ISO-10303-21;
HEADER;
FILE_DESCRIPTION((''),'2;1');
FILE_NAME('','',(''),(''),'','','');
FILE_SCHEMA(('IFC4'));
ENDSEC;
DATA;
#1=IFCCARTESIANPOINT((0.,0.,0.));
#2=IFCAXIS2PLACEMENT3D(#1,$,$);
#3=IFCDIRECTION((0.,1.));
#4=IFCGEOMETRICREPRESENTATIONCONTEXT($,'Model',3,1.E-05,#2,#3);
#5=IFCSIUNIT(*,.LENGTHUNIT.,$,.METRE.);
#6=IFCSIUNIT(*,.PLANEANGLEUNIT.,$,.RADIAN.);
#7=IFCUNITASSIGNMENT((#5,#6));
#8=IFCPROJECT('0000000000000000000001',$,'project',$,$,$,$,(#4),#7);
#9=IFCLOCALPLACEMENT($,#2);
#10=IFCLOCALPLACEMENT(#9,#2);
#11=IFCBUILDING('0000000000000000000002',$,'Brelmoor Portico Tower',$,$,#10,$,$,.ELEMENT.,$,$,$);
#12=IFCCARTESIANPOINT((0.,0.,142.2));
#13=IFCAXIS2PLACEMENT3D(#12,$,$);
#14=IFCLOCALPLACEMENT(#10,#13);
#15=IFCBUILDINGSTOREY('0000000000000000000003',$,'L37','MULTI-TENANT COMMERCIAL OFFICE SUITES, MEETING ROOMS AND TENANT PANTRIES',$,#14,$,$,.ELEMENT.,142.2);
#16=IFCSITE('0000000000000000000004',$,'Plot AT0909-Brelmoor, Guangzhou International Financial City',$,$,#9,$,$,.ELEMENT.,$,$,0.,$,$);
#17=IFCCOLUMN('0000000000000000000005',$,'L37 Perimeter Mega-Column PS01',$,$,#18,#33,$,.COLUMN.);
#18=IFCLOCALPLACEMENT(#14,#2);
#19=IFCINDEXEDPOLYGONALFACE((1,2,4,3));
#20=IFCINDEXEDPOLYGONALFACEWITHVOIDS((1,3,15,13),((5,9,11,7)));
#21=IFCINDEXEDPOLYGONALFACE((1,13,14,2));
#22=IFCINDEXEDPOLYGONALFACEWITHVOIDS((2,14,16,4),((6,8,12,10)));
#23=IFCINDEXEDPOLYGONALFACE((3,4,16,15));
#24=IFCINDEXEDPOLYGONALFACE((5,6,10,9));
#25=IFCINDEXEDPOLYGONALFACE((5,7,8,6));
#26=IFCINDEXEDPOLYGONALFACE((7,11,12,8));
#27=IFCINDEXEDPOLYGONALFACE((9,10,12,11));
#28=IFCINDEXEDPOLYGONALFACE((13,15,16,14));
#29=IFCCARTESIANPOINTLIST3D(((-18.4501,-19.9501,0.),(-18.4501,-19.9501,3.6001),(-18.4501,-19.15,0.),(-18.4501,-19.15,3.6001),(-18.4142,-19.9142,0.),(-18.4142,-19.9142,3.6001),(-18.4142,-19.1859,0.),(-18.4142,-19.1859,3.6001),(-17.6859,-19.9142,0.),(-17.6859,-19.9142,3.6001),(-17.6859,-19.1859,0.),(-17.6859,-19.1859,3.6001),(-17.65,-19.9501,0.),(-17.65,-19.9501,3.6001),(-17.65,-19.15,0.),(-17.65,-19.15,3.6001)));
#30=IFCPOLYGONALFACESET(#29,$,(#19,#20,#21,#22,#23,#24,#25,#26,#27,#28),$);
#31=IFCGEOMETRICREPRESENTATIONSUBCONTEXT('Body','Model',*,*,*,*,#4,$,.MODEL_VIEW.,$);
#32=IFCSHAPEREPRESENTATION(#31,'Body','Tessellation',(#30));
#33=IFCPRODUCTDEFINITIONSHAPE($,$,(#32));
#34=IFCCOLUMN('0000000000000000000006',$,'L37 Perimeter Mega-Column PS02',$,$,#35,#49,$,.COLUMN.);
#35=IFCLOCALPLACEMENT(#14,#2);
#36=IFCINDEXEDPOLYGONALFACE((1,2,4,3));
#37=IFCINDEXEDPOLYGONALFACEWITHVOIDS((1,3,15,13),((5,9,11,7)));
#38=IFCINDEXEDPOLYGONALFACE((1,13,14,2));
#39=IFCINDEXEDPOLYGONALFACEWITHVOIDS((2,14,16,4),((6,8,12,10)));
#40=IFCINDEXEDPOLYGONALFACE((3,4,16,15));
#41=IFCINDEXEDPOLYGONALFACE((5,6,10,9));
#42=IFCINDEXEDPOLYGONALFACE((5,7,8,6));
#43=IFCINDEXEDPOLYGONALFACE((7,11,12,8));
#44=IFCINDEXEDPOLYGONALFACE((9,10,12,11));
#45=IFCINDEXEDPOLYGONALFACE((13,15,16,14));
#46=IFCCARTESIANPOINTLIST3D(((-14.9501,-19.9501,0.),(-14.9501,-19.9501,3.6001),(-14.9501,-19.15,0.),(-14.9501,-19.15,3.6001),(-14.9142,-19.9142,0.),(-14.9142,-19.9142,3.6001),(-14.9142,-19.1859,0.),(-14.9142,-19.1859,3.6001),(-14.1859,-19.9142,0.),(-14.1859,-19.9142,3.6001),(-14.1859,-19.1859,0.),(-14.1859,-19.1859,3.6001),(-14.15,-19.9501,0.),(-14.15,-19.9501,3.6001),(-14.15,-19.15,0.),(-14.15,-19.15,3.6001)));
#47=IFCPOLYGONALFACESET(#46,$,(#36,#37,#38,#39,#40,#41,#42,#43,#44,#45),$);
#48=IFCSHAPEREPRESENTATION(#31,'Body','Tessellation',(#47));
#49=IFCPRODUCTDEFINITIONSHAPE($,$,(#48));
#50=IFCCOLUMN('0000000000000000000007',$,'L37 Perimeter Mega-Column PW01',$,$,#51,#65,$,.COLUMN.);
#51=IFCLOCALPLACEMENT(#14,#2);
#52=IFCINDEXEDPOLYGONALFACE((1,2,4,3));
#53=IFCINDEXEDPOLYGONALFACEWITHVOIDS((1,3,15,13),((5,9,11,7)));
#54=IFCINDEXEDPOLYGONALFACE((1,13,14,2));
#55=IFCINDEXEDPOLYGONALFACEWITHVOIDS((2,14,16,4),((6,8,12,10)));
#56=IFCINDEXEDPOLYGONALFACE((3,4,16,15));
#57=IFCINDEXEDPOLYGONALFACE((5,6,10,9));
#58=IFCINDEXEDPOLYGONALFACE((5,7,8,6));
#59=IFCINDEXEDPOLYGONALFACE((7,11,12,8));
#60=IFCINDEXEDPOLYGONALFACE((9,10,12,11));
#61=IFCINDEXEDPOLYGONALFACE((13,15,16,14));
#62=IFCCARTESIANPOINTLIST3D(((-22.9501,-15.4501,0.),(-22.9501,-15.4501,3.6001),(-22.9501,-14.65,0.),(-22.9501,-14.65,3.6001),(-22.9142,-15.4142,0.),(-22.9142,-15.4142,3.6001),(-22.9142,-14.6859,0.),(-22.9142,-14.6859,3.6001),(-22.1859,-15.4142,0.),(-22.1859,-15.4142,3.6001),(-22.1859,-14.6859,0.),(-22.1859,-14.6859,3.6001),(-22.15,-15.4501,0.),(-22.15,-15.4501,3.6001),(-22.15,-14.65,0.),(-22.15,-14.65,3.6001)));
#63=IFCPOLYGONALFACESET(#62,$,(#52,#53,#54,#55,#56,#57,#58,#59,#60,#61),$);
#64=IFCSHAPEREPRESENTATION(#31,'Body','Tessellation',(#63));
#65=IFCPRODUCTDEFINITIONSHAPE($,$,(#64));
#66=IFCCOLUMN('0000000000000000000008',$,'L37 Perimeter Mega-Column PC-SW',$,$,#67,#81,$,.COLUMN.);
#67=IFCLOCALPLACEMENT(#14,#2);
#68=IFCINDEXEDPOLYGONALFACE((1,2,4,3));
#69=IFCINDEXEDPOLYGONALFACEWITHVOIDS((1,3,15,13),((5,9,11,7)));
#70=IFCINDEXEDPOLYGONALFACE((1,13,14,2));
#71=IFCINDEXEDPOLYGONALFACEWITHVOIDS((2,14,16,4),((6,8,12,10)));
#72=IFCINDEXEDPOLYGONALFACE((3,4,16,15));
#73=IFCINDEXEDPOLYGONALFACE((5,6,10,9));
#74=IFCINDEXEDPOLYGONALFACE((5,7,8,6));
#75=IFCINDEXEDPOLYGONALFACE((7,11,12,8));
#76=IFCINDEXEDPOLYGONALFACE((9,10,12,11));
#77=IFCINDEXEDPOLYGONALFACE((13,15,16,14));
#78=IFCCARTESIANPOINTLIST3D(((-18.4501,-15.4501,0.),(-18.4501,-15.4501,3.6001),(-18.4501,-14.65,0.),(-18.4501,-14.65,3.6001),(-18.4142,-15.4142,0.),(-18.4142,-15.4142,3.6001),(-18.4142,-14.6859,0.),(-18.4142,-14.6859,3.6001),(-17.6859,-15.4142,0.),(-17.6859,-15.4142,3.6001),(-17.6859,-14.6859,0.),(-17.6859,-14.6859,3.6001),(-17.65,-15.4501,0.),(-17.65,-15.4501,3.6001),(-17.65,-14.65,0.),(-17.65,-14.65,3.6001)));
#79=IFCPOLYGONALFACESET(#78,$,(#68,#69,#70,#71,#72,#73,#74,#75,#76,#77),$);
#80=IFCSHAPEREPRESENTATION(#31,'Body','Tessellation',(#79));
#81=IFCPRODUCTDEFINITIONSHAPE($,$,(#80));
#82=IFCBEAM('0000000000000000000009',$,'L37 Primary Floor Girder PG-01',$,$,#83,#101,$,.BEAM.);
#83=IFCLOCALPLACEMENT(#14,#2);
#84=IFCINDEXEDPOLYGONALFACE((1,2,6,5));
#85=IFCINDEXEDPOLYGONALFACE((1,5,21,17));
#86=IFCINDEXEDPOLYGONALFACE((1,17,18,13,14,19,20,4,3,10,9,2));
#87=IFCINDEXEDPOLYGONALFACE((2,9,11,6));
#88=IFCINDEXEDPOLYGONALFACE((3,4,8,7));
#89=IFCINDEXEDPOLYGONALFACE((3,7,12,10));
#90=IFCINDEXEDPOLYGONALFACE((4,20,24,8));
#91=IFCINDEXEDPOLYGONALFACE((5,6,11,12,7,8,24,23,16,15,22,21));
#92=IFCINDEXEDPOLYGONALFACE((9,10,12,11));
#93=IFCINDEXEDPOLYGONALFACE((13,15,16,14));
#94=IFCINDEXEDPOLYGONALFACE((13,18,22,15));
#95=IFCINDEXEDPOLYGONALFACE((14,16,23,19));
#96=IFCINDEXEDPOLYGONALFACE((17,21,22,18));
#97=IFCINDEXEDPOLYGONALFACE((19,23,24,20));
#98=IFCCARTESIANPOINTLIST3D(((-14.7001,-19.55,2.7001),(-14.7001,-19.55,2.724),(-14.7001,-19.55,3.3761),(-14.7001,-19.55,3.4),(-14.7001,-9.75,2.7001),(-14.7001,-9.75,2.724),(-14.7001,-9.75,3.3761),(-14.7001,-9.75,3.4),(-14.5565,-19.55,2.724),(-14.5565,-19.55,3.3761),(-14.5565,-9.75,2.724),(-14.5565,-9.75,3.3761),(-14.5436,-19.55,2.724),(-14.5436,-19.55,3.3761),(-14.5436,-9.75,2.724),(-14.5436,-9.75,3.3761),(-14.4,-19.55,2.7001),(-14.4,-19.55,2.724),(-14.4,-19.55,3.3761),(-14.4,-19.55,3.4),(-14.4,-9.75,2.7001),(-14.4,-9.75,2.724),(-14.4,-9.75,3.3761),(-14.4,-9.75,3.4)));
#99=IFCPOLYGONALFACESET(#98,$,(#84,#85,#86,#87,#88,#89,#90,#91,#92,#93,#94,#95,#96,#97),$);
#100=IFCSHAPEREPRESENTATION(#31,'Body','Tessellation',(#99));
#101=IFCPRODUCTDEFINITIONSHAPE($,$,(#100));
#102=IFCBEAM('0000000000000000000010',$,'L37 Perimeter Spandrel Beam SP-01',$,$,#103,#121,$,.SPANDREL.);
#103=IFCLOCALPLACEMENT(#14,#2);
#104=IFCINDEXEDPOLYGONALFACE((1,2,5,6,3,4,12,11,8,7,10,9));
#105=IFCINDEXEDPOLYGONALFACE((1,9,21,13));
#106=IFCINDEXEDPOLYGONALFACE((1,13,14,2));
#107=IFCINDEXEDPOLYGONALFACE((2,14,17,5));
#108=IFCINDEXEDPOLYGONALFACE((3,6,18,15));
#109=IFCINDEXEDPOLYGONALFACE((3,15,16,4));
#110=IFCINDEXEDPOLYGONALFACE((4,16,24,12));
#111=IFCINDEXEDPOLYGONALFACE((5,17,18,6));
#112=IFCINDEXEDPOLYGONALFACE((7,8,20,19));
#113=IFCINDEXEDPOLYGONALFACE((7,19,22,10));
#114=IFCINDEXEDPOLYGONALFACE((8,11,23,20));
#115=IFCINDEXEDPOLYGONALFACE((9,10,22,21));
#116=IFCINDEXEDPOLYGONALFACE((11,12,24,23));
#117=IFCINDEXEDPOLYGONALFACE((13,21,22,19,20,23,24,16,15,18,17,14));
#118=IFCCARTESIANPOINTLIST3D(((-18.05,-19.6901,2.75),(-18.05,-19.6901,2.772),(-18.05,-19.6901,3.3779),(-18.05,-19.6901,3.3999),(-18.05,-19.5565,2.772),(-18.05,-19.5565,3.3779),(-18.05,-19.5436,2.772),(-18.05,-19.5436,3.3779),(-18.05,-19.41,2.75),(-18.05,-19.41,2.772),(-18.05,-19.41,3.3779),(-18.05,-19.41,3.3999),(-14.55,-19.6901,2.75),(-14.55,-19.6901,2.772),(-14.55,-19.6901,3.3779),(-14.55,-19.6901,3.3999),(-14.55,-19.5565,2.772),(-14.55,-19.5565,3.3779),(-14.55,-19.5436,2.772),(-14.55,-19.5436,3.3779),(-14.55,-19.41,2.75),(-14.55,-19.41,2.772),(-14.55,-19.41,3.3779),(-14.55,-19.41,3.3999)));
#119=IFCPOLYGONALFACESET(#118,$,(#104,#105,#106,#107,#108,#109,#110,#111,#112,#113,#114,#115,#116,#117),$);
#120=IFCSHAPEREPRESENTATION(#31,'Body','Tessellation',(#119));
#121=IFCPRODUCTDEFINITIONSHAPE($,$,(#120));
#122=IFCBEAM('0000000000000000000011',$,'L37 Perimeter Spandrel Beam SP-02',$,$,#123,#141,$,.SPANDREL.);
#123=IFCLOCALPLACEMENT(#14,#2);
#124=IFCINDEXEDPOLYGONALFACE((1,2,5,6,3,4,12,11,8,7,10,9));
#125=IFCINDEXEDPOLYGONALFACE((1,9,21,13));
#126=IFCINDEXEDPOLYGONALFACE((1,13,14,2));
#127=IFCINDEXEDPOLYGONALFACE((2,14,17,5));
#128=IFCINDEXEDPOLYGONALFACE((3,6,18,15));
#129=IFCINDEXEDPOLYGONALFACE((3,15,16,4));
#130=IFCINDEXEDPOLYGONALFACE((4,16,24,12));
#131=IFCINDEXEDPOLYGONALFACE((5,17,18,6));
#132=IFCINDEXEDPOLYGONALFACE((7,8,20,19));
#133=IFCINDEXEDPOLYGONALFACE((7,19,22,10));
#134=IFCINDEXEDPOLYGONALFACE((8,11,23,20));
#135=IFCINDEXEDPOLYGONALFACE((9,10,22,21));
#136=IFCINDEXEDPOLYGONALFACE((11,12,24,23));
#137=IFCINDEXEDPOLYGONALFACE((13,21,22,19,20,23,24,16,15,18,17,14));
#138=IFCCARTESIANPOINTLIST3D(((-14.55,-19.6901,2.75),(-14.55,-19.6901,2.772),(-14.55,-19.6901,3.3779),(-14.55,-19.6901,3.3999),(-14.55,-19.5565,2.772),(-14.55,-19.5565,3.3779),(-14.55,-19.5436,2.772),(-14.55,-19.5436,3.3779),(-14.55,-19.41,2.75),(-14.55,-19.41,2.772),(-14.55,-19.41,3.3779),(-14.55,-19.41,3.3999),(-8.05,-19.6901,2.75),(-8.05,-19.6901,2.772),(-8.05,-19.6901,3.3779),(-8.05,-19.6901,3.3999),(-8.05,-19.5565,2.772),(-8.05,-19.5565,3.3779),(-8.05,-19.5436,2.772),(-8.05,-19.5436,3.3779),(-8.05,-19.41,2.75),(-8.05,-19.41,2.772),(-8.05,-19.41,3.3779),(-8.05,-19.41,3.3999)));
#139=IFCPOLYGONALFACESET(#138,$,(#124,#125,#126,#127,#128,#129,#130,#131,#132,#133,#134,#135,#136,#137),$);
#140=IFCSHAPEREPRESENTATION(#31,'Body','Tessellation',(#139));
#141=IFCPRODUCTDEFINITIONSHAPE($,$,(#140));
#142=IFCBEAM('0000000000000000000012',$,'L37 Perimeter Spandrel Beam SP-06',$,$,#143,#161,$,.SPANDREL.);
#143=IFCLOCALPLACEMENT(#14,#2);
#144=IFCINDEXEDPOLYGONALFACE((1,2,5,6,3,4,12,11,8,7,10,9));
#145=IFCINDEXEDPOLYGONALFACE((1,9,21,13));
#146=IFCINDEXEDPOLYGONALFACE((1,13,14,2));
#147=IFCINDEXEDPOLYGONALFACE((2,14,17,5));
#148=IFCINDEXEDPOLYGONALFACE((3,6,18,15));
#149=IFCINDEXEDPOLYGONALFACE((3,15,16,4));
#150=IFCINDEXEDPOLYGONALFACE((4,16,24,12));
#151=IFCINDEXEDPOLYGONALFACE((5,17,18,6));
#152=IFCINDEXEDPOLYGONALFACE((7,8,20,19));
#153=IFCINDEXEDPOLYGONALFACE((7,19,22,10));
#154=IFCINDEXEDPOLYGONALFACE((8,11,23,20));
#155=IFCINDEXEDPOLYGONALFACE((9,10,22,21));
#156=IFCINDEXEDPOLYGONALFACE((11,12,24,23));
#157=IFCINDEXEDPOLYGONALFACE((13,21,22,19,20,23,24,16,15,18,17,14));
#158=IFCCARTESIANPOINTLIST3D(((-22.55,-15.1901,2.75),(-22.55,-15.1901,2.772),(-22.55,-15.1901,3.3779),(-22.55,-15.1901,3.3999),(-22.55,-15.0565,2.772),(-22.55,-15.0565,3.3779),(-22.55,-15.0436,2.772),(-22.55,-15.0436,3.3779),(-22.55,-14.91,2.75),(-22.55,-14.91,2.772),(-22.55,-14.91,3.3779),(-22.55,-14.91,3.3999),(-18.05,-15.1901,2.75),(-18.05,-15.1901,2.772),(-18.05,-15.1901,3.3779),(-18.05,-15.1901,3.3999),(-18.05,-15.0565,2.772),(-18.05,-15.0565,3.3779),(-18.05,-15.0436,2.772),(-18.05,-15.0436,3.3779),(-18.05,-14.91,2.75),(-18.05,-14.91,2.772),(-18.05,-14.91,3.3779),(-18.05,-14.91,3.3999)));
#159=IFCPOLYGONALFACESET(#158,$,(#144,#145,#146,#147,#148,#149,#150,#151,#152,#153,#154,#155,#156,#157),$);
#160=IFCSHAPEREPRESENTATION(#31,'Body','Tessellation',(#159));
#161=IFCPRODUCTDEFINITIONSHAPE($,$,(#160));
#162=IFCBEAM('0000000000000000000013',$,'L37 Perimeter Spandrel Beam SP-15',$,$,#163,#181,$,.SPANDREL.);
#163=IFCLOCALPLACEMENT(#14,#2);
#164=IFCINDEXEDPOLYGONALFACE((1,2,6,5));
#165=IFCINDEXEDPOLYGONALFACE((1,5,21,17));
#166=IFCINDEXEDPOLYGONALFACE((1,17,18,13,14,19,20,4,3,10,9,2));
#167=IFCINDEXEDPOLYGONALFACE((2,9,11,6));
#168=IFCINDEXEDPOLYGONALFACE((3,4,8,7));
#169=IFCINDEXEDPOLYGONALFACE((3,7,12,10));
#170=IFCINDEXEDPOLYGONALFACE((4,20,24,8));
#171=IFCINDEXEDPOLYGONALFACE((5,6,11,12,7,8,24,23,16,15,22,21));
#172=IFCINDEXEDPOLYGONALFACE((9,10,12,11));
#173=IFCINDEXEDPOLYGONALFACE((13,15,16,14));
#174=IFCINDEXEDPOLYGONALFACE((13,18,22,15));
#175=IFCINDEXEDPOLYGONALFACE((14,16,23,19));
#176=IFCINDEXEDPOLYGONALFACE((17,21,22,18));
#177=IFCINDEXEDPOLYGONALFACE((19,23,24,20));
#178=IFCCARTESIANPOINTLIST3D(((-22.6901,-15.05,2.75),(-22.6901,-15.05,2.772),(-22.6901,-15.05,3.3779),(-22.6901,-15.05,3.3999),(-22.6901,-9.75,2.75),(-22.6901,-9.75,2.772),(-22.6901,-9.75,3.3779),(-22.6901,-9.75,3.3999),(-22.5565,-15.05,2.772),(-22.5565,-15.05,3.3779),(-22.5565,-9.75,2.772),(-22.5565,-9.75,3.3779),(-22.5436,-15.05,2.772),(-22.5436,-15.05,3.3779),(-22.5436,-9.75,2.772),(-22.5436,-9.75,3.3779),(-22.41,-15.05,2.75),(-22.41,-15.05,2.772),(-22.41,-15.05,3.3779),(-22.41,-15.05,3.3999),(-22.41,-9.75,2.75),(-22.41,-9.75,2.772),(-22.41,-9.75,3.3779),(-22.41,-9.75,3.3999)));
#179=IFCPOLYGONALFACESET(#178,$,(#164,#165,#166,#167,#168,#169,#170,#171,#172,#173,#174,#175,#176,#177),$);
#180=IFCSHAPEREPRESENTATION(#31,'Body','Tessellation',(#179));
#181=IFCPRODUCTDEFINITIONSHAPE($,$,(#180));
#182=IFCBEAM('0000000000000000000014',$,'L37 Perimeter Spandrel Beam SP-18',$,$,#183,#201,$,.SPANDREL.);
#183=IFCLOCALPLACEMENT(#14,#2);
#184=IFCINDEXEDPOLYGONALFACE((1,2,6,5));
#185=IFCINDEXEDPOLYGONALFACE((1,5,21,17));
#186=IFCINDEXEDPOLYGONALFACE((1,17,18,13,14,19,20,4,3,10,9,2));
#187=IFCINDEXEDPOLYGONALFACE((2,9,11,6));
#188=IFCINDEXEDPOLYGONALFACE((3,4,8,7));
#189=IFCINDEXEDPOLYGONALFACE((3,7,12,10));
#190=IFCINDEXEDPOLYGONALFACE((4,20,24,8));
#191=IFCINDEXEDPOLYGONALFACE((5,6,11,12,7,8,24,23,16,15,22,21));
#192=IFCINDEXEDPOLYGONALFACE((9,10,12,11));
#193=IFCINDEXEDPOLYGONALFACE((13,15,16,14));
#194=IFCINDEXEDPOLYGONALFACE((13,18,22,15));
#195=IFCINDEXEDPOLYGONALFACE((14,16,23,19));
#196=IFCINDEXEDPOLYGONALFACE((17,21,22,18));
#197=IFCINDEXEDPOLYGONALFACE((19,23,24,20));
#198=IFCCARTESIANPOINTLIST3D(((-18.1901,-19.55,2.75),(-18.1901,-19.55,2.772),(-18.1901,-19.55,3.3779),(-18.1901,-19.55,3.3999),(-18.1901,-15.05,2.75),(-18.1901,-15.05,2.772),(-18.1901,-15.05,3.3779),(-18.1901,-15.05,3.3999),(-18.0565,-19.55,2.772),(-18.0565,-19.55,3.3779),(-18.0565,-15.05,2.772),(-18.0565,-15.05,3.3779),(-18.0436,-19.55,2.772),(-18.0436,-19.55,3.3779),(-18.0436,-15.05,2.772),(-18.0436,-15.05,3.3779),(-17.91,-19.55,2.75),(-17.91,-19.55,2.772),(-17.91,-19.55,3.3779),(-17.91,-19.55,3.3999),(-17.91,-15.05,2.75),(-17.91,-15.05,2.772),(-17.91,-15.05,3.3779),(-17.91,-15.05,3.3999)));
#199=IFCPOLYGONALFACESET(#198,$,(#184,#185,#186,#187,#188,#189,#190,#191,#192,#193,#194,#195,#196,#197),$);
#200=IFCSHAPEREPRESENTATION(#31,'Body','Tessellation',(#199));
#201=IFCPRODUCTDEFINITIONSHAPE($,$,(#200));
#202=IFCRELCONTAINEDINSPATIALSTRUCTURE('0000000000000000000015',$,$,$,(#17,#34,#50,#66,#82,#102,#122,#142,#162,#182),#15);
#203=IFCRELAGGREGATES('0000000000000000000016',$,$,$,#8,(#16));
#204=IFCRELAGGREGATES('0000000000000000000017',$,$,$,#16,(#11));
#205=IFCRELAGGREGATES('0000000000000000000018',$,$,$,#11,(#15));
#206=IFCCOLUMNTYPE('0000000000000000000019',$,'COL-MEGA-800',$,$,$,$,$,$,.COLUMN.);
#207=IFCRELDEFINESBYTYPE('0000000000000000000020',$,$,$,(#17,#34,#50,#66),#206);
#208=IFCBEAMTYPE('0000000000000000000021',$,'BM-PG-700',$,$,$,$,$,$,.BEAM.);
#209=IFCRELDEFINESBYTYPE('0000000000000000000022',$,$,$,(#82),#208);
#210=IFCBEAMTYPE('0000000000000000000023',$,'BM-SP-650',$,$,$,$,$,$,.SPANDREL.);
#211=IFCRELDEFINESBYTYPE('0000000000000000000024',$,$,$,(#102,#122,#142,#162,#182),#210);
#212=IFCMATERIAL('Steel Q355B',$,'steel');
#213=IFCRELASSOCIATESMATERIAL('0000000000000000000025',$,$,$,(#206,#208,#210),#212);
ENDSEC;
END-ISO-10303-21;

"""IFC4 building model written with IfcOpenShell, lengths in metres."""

from ifc_helpers import new_model, si_unit, direction, frame, origin, origin_2d, place, context, subcontext, project, spatial, hollow_rectangle, i_section, extrude, material, material_profile, profile_set, type_object, element, save


model = new_model("IFC4")

# Units and contexts
model_context = context("Model", 3, precision=1e-05, world=origin(), true_north=direction((0.0, 1.0)))
body_context = subcontext(model_context, "Body", "Model", "MODEL_VIEW")
ifc_project = project(units=[si_unit("LENGTHUNIT", "METRE"), si_unit("PLANEANGLEUNIT", "RADIAN")], contexts=[model_context])

# Site, building, storey
site_placement = place(None, origin())
site = spatial("IfcSite", under=ifc_project, at=site_placement, Name="Plot AT0909-Brelmoor, Guangzhou International Financial City", CompositionType="ELEMENT", RefElevation=0.0)
building_placement = place(site_placement, origin())
building = spatial("IfcBuilding", under=site, at=building_placement, Name="Brelmoor Portico Tower", CompositionType="ELEMENT")
storey_placement = place(building_placement, frame((0.0, 0.0, 142.2)))
storey = spatial("IfcBuildingStorey", under=building, at=storey_placement, Name="L37", Description="MULTI-TENANT COMMERCIAL OFFICE SUITES, MEETING ROOMS AND TENANT PANTRIES", CompositionType="ELEMENT", Elevation=142.2)

# Columns
ifc_material_1 = material(Name="Steel Q355B", Category="steel")
ifc_material_profile_1 = material_profile(ifc_material_1, hollow_rectangle(XDim=0.8, YDim=0.8, WallThickness=0.0359, at=origin_2d()), Name="BOX 800x800x36")
ifc_profile_set_1 = profile_set([ifc_material_profile_1], Name="Steel Q355B")
column_type = type_object("IfcColumnType", Name="COL-MEGA-800", PredefinedType="COLUMN", material=ifc_profile_set_1)
for number, where, z_axis, x_axis, name in (
    (1, (-18.05, -19.55, 0.0), (0.0, 0.0, 1.0), (1.0, 0.0, 0.0), "L37 Perimeter Mega-Column PS01"),
    (2, (-14.55, -19.55, 0.0), (0.0, 0.0, 1.0), (1.0, 0.0, 0.0), "L37 Perimeter Mega-Column PS02"),
    (3, (-22.55, -15.05, 0.0), (0.0, 0.0, 1.0), (0.0, 1.0, 0.0), "L37 Perimeter Mega-Column PW01"),
    (4, (-18.05, -15.05, 0.0), (0.0, 0.0, 1.0), (1.0, 0.0, 0.0), "L37 Perimeter Mega-Column PC-SW"),
):
    element("IfcColumn", number, at=place(storey_placement, frame(where, z_axis=z_axis, x_axis=x_axis)), inside=storey, type_object=column_type, Name=name, PredefinedType="COLUMN", context=body_context, shape_type="SweptSolid", body=[
        extrude(hollow_rectangle(XDim=0.8, YDim=0.8, WallThickness=0.0359, at=origin_2d()), origin(), (0.0, 0.0, 1.0), 3.6001),
    ])

# Beams
ifc_material_profile_2 = material_profile(ifc_material_1, i_section(OverallWidth=0.3, OverallDepth=0.7, WebThickness=0.0129, FlangeThickness=0.0239, at=origin_2d()), Name="HN 700x300x13x24")
ifc_profile_set_2 = profile_set([ifc_material_profile_2], Name="Steel Q355B")
beam_type_1 = type_object("IfcBeamType", Name="BM-PG-700", PredefinedType="BEAM", material=ifc_profile_set_2)
beam_1_placement = place(storey_placement, frame((-14.55, -19.55, 3.05), z_axis=(0.0, 1.0, 0.0), x_axis=(-1.0, 0.0, 0.0)))
element("IfcBeam", 5, at=beam_1_placement, inside=storey, type_object=beam_type_1, Name="L37 Primary Floor Girder PG-01", PredefinedType="BEAM", context=body_context, shape_type="SweptSolid", body=[
    extrude(i_section(OverallWidth=0.3, OverallDepth=0.7, WebThickness=0.0129, FlangeThickness=0.0239, at=origin_2d()), origin(), (0.0, 0.0, 1.0), 9.8),
])
ifc_material_profile_3 = material_profile(ifc_material_1, i_section(OverallWidth=0.28, OverallDepth=0.6499, WebThickness=0.0129, FlangeThickness=0.022, at=origin_2d()), Name="HN 650x280x13x22")
ifc_profile_set_3 = profile_set([ifc_material_profile_3], Name="Steel Q355B")
beam_type_2 = type_object("IfcBeamType", Name="BM-SP-650", PredefinedType="SPANDREL", material=ifc_profile_set_3)
beam_2_placement = place(storey_placement, frame((-18.05, -19.55, 3.075), z_axis=(1.0, 0.0, 0.0), x_axis=(0.0, 1.0, 0.0)))
element("IfcBeam", 6, at=beam_2_placement, inside=storey, type_object=beam_type_2, Name="L37 Perimeter Spandrel Beam SP-01", PredefinedType="SPANDREL", context=body_context, shape_type="SweptSolid", body=[
    extrude(i_section(OverallWidth=0.28, OverallDepth=0.6499, WebThickness=0.0129, FlangeThickness=0.022, at=origin_2d()), origin(), (0.0, 0.0, 1.0), 3.5),
])
beam_3_placement = place(storey_placement, frame((-14.55, -19.55, 3.075), z_axis=(1.0, 0.0, 0.0), x_axis=(0.0, 1.0, 0.0)))
element("IfcBeam", 7, at=beam_3_placement, inside=storey, type_object=beam_type_2, Name="L37 Perimeter Spandrel Beam SP-02", PredefinedType="SPANDREL", context=body_context, shape_type="SweptSolid", body=[
    extrude(i_section(OverallWidth=0.28, OverallDepth=0.6499, WebThickness=0.0129, FlangeThickness=0.022, at=origin_2d()), origin(), (0.0, 0.0, 1.0), 6.5),
])
beam_4_placement = place(storey_placement, frame((-22.55, -15.05, 3.075), z_axis=(1.0, 0.0, 0.0), x_axis=(0.0, 1.0, 0.0)))
element("IfcBeam", 8, at=beam_4_placement, inside=storey, type_object=beam_type_2, Name="L37 Perimeter Spandrel Beam SP-06", PredefinedType="SPANDREL", context=body_context, shape_type="SweptSolid", body=[
    extrude(i_section(OverallWidth=0.28, OverallDepth=0.6499, WebThickness=0.0129, FlangeThickness=0.022, at=origin_2d()), origin(), (0.0, 0.0, 1.0), 4.5),
])
beam_5_placement = place(storey_placement, frame((-22.55, -15.05, 3.075), z_axis=(0.0, 1.0, 0.0), x_axis=(-1.0, 0.0, 0.0)))
element("IfcBeam", 9, at=beam_5_placement, inside=storey, type_object=beam_type_2, Name="L37 Perimeter Spandrel Beam SP-15", PredefinedType="SPANDREL", context=body_context, shape_type="SweptSolid", body=[
    extrude(i_section(OverallWidth=0.28, OverallDepth=0.6499, WebThickness=0.0129, FlangeThickness=0.022, at=origin_2d()), origin(), (0.0, 0.0, 1.0), 5.3),
])
beam_6_placement = place(storey_placement, frame((-18.05, -19.55, 3.075), z_axis=(0.0, 1.0, 0.0), x_axis=(-1.0, 0.0, 0.0)))
element("IfcBeam", 10, at=beam_6_placement, inside=storey, type_object=beam_type_2, Name="L37 Perimeter Spandrel Beam SP-18", PredefinedType="SPANDREL", context=body_context, shape_type="SweptSolid", body=[
    extrude(i_section(OverallWidth=0.28, OverallDepth=0.6499, WebThickness=0.0129, FlangeThickness=0.022, at=origin_2d()), origin(), (0.0, 0.0, 1.0), 4.5),
])

save(model, "model.ifc")
